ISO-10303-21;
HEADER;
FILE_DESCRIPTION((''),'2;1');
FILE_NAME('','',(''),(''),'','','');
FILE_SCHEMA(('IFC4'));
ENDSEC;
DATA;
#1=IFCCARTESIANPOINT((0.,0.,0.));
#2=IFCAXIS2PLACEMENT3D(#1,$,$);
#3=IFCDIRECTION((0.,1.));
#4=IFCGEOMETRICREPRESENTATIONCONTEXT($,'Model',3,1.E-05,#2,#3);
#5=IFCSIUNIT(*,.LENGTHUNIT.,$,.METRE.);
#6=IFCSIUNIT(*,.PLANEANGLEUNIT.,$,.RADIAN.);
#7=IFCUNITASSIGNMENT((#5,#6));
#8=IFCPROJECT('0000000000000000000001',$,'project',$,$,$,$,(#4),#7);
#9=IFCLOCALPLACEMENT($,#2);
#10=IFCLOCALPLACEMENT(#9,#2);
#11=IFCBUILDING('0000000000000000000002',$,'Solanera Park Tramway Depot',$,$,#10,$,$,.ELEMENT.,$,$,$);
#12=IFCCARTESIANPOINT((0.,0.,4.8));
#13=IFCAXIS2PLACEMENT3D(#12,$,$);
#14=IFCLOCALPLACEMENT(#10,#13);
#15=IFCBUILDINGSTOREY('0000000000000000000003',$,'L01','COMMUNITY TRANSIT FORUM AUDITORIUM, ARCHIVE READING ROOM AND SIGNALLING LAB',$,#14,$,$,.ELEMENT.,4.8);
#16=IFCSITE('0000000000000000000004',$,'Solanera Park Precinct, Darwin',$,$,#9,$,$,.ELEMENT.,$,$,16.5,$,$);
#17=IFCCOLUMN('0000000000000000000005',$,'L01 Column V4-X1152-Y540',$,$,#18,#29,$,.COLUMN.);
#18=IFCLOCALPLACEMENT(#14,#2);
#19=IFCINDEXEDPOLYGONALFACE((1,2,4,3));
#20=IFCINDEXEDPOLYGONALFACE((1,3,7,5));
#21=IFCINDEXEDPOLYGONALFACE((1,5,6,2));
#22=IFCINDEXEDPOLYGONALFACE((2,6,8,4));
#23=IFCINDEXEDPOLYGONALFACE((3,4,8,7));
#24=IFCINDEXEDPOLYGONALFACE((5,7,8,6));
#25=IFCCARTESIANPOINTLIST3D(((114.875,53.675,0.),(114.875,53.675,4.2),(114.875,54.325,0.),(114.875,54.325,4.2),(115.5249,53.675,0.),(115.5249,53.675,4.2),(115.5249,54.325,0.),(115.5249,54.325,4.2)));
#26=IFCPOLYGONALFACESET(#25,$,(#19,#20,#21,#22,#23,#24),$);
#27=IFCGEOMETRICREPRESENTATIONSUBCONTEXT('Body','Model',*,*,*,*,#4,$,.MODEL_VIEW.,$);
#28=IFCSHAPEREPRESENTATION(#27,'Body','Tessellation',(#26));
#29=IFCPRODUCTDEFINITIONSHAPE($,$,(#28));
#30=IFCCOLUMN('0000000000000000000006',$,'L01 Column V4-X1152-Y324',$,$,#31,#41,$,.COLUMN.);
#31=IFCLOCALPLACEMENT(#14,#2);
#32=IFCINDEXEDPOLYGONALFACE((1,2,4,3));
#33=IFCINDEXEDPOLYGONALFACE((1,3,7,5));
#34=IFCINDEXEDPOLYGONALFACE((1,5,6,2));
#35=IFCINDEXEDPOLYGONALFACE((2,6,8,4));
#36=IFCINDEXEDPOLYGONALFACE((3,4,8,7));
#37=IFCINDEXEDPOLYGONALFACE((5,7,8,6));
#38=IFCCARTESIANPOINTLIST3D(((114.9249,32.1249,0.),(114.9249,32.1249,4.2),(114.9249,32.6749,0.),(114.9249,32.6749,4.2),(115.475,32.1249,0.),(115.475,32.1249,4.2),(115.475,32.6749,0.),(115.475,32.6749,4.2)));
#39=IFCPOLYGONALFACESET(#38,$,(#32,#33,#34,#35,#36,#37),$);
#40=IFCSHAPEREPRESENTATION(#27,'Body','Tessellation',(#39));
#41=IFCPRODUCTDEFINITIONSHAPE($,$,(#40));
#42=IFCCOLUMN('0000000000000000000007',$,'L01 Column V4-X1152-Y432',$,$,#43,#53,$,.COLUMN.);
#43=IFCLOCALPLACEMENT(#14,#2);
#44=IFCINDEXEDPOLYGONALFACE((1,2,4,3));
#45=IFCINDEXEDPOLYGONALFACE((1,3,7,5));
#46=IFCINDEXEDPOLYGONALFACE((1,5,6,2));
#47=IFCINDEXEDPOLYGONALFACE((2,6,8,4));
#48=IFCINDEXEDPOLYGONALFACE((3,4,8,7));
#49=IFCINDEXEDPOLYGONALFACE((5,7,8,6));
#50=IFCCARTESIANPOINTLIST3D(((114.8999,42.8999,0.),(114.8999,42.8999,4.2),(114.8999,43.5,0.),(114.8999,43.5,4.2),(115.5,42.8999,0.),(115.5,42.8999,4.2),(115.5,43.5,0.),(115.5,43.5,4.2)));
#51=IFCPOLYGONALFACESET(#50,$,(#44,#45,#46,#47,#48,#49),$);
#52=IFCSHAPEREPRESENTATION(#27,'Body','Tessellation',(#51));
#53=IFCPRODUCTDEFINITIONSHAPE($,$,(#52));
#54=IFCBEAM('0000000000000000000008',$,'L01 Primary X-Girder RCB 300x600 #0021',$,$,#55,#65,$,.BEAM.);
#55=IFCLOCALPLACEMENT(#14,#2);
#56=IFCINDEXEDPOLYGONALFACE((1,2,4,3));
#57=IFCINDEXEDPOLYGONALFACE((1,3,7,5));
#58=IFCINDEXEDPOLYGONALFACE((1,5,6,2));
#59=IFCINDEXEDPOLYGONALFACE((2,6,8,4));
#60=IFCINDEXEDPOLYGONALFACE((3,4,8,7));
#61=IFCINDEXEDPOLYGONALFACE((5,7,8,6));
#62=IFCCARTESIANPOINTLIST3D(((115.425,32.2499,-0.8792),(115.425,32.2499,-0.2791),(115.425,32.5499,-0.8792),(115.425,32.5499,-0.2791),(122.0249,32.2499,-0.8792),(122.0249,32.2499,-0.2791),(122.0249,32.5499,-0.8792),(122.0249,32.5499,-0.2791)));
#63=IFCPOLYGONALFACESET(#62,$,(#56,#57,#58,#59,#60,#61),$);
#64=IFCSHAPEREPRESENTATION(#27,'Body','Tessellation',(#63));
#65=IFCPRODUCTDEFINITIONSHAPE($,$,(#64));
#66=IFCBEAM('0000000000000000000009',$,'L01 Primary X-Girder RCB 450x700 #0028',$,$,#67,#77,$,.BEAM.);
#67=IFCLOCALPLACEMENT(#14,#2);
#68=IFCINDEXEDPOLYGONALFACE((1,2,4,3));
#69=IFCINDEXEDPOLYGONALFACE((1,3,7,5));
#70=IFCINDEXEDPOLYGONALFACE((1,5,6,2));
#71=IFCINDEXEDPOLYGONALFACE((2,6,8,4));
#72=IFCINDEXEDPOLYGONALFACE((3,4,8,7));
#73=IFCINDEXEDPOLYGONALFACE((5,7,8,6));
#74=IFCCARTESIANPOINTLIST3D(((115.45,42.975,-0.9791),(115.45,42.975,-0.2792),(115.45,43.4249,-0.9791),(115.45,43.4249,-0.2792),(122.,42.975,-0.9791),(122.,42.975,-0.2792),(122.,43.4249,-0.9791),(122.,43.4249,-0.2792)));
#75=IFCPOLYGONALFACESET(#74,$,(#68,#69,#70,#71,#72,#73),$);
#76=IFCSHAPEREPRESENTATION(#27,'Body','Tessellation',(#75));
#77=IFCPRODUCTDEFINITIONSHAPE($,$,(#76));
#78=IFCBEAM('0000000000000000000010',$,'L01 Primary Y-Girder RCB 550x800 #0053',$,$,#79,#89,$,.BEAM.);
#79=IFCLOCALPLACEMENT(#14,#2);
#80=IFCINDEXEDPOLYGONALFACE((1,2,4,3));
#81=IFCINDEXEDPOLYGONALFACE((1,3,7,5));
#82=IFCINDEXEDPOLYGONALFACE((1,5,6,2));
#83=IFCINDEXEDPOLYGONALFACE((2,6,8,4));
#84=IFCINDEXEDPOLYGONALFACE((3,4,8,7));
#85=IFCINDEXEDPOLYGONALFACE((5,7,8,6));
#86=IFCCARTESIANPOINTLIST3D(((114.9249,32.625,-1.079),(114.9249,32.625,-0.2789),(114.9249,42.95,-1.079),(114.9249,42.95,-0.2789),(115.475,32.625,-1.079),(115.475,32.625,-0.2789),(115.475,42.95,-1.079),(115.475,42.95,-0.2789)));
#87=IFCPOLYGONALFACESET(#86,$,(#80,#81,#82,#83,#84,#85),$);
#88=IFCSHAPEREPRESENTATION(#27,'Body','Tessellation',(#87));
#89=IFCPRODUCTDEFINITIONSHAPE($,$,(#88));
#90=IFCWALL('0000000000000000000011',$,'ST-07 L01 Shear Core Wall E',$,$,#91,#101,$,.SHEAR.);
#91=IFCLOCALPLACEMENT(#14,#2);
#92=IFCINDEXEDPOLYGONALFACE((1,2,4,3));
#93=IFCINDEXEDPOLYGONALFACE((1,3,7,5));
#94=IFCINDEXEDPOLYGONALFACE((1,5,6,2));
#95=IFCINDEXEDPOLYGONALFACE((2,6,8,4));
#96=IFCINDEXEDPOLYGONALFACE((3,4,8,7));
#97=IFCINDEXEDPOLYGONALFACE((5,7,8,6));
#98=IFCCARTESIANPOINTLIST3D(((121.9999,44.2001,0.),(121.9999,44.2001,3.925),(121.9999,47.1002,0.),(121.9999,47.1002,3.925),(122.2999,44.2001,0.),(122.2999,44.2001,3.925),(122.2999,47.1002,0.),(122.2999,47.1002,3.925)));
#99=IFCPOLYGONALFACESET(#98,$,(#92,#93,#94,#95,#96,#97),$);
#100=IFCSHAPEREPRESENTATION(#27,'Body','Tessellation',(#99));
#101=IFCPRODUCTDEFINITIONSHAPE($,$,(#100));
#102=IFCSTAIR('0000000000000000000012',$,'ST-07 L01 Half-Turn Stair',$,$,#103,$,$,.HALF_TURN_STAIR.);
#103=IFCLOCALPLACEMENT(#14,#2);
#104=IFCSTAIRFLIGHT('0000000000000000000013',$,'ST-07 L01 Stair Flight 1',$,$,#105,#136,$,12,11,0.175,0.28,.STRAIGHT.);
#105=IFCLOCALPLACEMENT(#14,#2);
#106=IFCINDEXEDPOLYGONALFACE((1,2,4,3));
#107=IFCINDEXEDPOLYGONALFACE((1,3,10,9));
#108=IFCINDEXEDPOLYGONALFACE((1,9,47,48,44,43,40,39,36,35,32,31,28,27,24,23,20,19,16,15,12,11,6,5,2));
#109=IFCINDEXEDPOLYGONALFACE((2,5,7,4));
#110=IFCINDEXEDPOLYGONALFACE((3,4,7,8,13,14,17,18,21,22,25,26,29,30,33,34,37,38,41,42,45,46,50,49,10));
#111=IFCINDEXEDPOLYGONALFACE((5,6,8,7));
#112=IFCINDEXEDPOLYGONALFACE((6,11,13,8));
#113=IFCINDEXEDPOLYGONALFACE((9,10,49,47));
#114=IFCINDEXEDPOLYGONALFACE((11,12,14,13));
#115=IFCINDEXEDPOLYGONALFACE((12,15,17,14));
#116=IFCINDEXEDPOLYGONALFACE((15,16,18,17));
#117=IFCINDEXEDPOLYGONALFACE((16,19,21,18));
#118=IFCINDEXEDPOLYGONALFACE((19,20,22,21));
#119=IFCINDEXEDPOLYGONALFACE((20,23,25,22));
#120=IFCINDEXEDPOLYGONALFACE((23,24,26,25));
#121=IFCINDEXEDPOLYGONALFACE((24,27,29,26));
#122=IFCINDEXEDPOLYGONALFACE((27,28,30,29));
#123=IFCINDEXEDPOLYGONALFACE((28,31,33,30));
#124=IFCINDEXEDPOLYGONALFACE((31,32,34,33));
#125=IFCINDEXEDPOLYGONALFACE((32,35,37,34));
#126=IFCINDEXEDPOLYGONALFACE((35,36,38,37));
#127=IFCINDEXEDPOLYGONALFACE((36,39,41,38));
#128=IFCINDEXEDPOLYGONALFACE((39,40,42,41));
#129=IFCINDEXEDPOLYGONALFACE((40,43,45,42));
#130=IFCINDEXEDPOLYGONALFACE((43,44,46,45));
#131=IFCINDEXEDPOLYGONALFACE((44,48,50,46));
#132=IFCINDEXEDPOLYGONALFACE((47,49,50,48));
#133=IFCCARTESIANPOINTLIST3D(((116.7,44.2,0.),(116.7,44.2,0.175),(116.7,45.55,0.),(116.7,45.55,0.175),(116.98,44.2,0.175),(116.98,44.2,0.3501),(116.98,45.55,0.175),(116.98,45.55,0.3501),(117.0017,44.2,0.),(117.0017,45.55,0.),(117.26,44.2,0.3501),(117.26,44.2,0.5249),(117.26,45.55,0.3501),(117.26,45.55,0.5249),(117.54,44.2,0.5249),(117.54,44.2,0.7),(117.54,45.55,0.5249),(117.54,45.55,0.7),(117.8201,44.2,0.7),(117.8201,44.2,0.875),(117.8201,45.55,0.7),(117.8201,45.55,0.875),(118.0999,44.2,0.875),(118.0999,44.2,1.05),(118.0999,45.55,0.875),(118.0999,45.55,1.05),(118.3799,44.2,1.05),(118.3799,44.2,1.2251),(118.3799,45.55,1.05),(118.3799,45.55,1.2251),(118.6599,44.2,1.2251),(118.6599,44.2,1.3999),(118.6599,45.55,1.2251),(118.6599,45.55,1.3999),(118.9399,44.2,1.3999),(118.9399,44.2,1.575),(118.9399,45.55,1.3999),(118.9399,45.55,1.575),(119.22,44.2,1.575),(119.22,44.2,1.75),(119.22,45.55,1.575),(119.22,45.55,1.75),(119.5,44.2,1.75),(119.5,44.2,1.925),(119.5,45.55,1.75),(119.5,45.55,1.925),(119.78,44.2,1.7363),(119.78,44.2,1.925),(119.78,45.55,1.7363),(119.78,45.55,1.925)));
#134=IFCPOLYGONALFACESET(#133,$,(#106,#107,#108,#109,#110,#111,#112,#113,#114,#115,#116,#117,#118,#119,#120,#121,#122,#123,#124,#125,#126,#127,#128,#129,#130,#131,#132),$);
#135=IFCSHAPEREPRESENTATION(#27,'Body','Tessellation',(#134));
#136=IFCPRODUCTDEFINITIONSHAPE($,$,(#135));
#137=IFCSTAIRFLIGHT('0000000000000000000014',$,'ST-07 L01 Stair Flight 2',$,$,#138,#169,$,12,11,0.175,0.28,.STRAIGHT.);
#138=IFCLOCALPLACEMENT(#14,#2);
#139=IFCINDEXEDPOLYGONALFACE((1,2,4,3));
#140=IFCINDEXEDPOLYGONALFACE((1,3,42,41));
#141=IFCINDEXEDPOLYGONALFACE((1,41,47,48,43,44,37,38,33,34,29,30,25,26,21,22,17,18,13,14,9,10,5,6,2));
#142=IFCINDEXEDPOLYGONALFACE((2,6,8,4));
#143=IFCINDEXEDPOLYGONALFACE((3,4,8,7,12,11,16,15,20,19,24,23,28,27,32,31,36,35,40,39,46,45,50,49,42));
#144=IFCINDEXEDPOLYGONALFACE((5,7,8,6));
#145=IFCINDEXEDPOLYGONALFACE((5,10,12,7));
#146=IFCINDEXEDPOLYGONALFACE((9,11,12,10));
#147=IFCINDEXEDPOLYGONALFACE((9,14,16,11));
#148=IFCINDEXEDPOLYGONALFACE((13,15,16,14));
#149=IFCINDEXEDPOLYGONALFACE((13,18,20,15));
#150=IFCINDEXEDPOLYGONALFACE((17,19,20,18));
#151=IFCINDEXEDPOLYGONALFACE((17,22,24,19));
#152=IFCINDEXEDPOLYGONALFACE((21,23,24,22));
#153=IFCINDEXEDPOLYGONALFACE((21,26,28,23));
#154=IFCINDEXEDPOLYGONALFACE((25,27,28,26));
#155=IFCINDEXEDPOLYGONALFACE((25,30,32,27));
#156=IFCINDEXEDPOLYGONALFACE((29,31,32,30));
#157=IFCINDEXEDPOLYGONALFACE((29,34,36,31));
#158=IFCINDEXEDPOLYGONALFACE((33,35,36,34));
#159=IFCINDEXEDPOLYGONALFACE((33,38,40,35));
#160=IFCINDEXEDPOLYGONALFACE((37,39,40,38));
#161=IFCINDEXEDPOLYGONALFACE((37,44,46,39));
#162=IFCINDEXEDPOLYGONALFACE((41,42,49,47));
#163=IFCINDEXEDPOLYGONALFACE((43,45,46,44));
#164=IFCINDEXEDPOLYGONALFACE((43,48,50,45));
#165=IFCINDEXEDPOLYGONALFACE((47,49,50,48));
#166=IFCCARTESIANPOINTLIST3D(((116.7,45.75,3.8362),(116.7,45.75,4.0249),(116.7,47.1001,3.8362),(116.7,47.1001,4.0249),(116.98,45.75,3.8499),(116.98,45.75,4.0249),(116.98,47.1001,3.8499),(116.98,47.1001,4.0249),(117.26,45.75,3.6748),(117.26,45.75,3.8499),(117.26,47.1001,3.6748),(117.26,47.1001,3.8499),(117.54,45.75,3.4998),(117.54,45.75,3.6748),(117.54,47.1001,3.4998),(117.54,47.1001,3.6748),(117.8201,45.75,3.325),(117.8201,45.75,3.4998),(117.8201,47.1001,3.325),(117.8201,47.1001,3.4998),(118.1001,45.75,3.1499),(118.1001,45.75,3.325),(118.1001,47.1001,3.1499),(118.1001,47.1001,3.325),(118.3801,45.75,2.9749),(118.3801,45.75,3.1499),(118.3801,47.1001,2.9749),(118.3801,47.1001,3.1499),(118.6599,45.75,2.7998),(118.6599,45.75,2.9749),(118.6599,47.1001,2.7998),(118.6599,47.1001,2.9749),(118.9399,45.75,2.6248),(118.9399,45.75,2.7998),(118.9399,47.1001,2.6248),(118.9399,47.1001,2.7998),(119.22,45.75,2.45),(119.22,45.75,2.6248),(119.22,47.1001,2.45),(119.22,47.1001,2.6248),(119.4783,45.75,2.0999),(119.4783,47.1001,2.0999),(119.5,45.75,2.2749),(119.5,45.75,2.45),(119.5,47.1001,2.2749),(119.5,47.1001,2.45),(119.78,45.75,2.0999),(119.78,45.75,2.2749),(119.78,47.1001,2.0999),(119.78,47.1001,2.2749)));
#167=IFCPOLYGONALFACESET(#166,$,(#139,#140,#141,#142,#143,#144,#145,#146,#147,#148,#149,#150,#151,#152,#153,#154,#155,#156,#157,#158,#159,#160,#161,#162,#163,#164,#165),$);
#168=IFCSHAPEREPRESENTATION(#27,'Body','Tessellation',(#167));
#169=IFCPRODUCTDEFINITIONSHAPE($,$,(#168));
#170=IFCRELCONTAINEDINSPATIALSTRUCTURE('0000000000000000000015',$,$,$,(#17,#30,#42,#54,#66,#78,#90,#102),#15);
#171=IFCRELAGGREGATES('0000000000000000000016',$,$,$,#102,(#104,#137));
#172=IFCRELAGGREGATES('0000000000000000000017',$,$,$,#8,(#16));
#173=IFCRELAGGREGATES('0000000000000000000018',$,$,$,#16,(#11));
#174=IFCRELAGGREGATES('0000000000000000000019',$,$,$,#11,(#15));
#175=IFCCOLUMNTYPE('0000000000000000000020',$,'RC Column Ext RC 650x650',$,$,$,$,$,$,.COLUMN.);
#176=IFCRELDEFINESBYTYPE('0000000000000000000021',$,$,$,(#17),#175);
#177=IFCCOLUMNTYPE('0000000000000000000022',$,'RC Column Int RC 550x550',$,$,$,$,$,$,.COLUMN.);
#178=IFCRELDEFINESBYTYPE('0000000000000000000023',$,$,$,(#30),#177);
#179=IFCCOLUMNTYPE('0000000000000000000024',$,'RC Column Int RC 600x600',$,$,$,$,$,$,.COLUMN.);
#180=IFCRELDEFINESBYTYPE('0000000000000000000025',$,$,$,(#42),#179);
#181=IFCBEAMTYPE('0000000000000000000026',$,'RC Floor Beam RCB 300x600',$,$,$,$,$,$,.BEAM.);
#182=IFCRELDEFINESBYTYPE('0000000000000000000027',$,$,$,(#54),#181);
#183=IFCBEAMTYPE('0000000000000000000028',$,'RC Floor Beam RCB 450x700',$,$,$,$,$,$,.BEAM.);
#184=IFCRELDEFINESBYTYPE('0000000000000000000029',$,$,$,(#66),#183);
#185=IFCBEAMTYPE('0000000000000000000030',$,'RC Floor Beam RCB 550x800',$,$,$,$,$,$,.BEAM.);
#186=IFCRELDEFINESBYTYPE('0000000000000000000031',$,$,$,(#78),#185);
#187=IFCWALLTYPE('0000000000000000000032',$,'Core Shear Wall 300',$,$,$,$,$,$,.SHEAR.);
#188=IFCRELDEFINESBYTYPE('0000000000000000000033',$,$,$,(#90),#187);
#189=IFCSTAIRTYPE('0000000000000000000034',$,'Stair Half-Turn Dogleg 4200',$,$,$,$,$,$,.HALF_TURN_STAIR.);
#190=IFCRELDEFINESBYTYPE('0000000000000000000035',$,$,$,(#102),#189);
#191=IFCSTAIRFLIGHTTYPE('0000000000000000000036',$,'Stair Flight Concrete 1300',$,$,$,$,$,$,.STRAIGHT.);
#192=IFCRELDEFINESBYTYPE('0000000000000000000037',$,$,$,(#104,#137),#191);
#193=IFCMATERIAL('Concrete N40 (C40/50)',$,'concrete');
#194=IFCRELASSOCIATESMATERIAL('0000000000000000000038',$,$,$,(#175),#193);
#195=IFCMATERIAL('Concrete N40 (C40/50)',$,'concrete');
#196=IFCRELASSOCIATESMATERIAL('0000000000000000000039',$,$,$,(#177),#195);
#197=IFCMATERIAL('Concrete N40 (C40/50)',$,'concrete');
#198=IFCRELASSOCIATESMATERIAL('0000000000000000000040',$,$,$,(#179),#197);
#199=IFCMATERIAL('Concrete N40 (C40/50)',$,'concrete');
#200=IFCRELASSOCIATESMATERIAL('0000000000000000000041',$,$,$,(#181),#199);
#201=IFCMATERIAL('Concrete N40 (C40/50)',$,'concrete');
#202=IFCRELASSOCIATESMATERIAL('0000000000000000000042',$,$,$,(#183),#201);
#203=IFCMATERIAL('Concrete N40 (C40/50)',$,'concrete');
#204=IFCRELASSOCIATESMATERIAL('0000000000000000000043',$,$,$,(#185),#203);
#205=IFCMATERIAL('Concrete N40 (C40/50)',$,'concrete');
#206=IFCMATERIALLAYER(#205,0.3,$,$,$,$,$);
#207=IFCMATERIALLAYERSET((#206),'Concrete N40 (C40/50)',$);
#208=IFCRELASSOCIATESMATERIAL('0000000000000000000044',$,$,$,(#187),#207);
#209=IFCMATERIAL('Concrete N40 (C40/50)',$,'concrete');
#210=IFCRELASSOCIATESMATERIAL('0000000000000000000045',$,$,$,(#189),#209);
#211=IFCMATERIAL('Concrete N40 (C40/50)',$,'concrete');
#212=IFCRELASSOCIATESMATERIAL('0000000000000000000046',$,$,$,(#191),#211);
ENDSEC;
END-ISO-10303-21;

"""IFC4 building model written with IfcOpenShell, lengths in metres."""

from ifc_helpers import new_model, si_unit, direction, frame, frame_2d, origin, origin_2d, place, context, subcontext, project, spatial, polyline, rectangle, outline, extrude, material, layer, layer_set, material_profile, profile_set, type_object, element, aggregate, save


model = new_model("IFC4")

# Units and contexts
model_context = context("Model", 3, precision=1e-05, world=origin(), true_north=direction((0.0, 1.0)))
body_context = subcontext(model_context, "Body", "Model", "MODEL_VIEW")
ifc_project = project(units=[si_unit("LENGTHUNIT", "METRE"), si_unit("PLANEANGLEUNIT", "RADIAN")], contexts=[model_context])

# Site, building, storey
site_placement = place(None, origin())
site = spatial("IfcSite", under=ifc_project, at=site_placement, Name="Solanera Park Precinct, Darwin", CompositionType="ELEMENT", RefElevation=16.5)
building_placement = place(site_placement, origin())
building = spatial("IfcBuilding", under=site, at=building_placement, Name="Solanera Park Tramway Depot", CompositionType="ELEMENT")
storey_placement = place(building_placement, frame((0.0, 0.0, 4.8)))
storey = spatial("IfcBuildingStorey", under=building, at=storey_placement, Name="L01", Description="COMMUNITY TRANSIT FORUM AUDITORIUM, ARCHIVE READING ROOM AND SIGNALLING LAB", CompositionType="ELEMENT", Elevation=4.8)

# Columns
ifc_material_1 = material(Name="Concrete N40 (C40/50)", Category="concrete")
ifc_material_profile_1 = material_profile(ifc_material_1, rectangle(XDim=0.6499, YDim=0.6499, at=origin_2d()), Name="RC 650x650")
ifc_profile_set_1 = profile_set([ifc_material_profile_1], Name="Concrete N40 (C40/50)")
column_type_1 = type_object("IfcColumnType", Name="RC Column Ext RC 650x650", PredefinedType="COLUMN", material=ifc_profile_set_1)
column_1_placement = place(storey_placement, frame((115.2, 54.0, 0.0), z_axis=(0.0, 0.0, 1.0), x_axis=(1.0, 0.0, 0.0)))
element("IfcColumn", 1, at=column_1_placement, inside=storey, type_object=column_type_1, Name="L01 Column V4-X1152-Y540", PredefinedType="COLUMN", context=body_context, shape_type="SweptSolid", body=[
    extrude(rectangle(XDim=0.6499, YDim=0.6499, at=origin_2d()), origin(), (0.0, 0.0, 1.0), 4.2),
])
ifc_material_2 = material(Name="Concrete N40 (C40/50)", Category="concrete")
ifc_material_profile_2 = material_profile(ifc_material_2, rectangle(XDim=0.55, YDim=0.55, at=origin_2d()), Name="RC 550x550")
ifc_profile_set_2 = profile_set([ifc_material_profile_2], Name="Concrete N40 (C40/50)")
column_type_2 = type_object("IfcColumnType", Name="RC Column Int RC 550x550", PredefinedType="COLUMN", material=ifc_profile_set_2)
column_2_placement = place(storey_placement, frame((115.2, 32.3999, 0.0), z_axis=(0.0, 0.0, 1.0), x_axis=(1.0, 0.0, 0.0)))
element("IfcColumn", 2, at=column_2_placement, inside=storey, type_object=column_type_2, Name="L01 Column V4-X1152-Y324", PredefinedType="COLUMN", context=body_context, shape_type="SweptSolid", body=[
    extrude(rectangle(XDim=0.55, YDim=0.55, at=origin_2d()), origin(), (0.0, 0.0, 1.0), 4.2),
])
ifc_material_3 = material(Name="Concrete N40 (C40/50)", Category="concrete")
ifc_material_profile_3 = material_profile(ifc_material_3, rectangle(XDim=0.6001, YDim=0.6001, at=origin_2d()), Name="RC 600x600")
ifc_profile_set_3 = profile_set([ifc_material_profile_3], Name="Concrete N40 (C40/50)")
column_type_3 = type_object("IfcColumnType", Name="RC Column Int RC 600x600", PredefinedType="COLUMN", material=ifc_profile_set_3)
column_3_placement = place(storey_placement, frame((115.2, 43.2, 0.0), z_axis=(0.0, 0.0, 1.0), x_axis=(1.0, 0.0, 0.0)))
element("IfcColumn", 3, at=column_3_placement, inside=storey, type_object=column_type_3, Name="L01 Column V4-X1152-Y432", PredefinedType="COLUMN", context=body_context, shape_type="SweptSolid", body=[
    extrude(rectangle(XDim=0.6001, YDim=0.6001, at=origin_2d()), origin(), (0.0, 0.0, 1.0), 4.2),
])

# Beams
ifc_material_4 = material(Name="Concrete N40 (C40/50)", Category="concrete")
ifc_material_profile_4 = material_profile(ifc_material_4, rectangle(XDim=0.3, YDim=0.6001, at=origin_2d()), Name="RCB 300x600")
ifc_profile_set_4 = profile_set([ifc_material_profile_4], Name="Concrete N40 (C40/50)")
beam_type_1 = type_object("IfcBeamType", Name="RC Floor Beam RCB 300x600", PredefinedType="BEAM", material=ifc_profile_set_4)
beam_1_placement = place(storey_placement, frame((115.425, 32.3999, -0.5791), z_axis=(1.0, 0.0, 0.0), x_axis=(0.0, 1.0, 0.0)))
element("IfcBeam", 4, at=beam_1_placement, inside=storey, type_object=beam_type_1, Name="L01 Primary X-Girder RCB 300x600 #0021", PredefinedType="BEAM", context=body_context, shape_type="SweptSolid", body=[
    extrude(rectangle(XDim=0.3, YDim=0.6001, at=origin_2d()), origin(), (0.0, 0.0, 1.0), 6.5999),
])
ifc_material_5 = material(Name="Concrete N40 (C40/50)", Category="concrete")
ifc_material_profile_5 = material_profile(ifc_material_5, rectangle(XDim=0.45, YDim=0.7, at=origin_2d()), Name="RCB 450x700")
ifc_profile_set_5 = profile_set([ifc_material_profile_5], Name="Concrete N40 (C40/50)")
beam_type_2 = type_object("IfcBeamType", Name="RC Floor Beam RCB 450x700", PredefinedType="BEAM", material=ifc_profile_set_5)
beam_2_placement = place(storey_placement, frame((115.45, 43.2, -0.6292), z_axis=(1.0, 0.0, 0.0), x_axis=(0.0, 1.0, 0.0)))
element("IfcBeam", 5, at=beam_2_placement, inside=storey, type_object=beam_type_2, Name="L01 Primary X-Girder RCB 450x700 #0028", PredefinedType="BEAM", context=body_context, shape_type="SweptSolid", body=[
    extrude(rectangle(XDim=0.45, YDim=0.7, at=origin_2d()), origin(), (0.0, 0.0, 1.0), 6.55),
])
ifc_material_6 = material(Name="Concrete N40 (C40/50)", Category="concrete")
ifc_material_profile_6 = material_profile(ifc_material_6, rectangle(XDim=0.55, YDim=0.8, at=origin_2d()), Name="RCB 550x800")
ifc_profile_set_6 = profile_set([ifc_material_profile_6], Name="Concrete N40 (C40/50)")
beam_type_3 = type_object("IfcBeamType", Name="RC Floor Beam RCB 550x800", PredefinedType="BEAM", material=ifc_profile_set_6)
beam_3_placement = place(storey_placement, frame((115.2, 32.625, -0.679), z_axis=(0.0, 1.0, 0.0), x_axis=(-1.0, 0.0, 0.0)))
element("IfcBeam", 6, at=beam_3_placement, inside=storey, type_object=beam_type_3, Name="L01 Primary Y-Girder RCB 550x800 #0053", PredefinedType="BEAM", context=body_context, shape_type="SweptSolid", body=[
    extrude(rectangle(XDim=0.55, YDim=0.8, at=origin_2d()), origin(), (0.0, 0.0, 1.0), 10.325),
])

# Wall
ifc_material_7 = material(Name="Concrete N40 (C40/50)", Category="concrete")
ifc_layer_1 = layer(ifc_material_7, 0.3)
ifc_layer_set_1 = layer_set([ifc_layer_1], Name="Concrete N40 (C40/50)")
wall_type = type_object("IfcWallType", Name="Core Shear Wall 300", PredefinedType="SHEAR", material=ifc_layer_set_1)
wall_1_placement = place(storey_placement, frame((122.1499, 44.2, 0.0), z_axis=(0.0, 0.0, 1.0), x_axis=(0.0, 1.0, 0.0)))
element("IfcWall", 7, at=wall_1_placement, inside=storey, type_object=wall_type, Name="ST-07 L01 Shear Core Wall E", PredefinedType="SHEAR", context=body_context, shape_type="SweptSolid", body=[
    extrude(rectangle(XDim=2.9001, YDim=0.3, at=frame_2d((1.4502, 0.0))), origin(), (0.0, 0.0, 1.0), 3.925),
])

# Stair, stair flights
ifc_material_8 = material(Name="Concrete N40 (C40/50)", Category="concrete")
stair_type = type_object("IfcStairType", Name="Stair Half-Turn Dogleg 4200", PredefinedType="HALF_TURN_STAIR", material=ifc_material_8)
stair_placement = place(storey_placement, origin())
stair = element("IfcStair", 8, at=stair_placement, inside=storey, type_object=stair_type, Name="ST-07 L01 Half-Turn Stair", PredefinedType="HALF_TURN_STAIR")
ifc_material_9 = material(Name="Concrete N40 (C40/50)", Category="concrete")
stair_flight_type = type_object("IfcStairFlightType", Name="Stair Flight Concrete 1300", PredefinedType="STRAIGHT", material=ifc_material_9)
stair_flight_1_placement = place(storey_placement, frame((116.7, 44.875, 0.0), z_axis=(0.0, 0.0, 1.0), x_axis=(1.0, 0.0, 0.0)))
stair_flight_1 = element("IfcStairFlight", 9, at=stair_flight_1_placement, type_object=stair_flight_type, Name="ST-07 L01 Stair Flight 1", NumberOfRisers=12, NumberOfTreads=11, PredefinedType="STRAIGHT", RiserHeight=0.175, TreadLength=0.28, context=body_context, shape_type="SweptSolid", body=[
    extrude(outline(polyline([(0.0, 0.0), (0.0, 0.175), (0.28, 0.175), (0.28, 0.3501), (0.5601, 0.3501), (0.5601, 0.5249), (0.8401, 0.5249), (0.8401, 0.7), (1.1201, 0.7), (1.1201, 0.875), (1.3999, 0.875), (1.3999, 1.05), (1.6799, 1.05), (1.6799, 1.2251), (1.96, 1.2251), (1.96, 1.3999), (2.24, 1.3999), (2.24, 1.575), (2.52, 1.575), (2.52, 1.75), (2.8, 1.75), (2.8, 1.925), (3.0801, 1.925), (3.0801, 2.1001), (3.0801, 1.7363), (0.3018, 0.0), (0.0, 0.0)])), frame((0.0, 0.675, 0.0), z_axis=(0.0, -1.0, 0.0), x_axis=(1.0, 0.0, 0.0)), (0.0, 0.0, 1.0), 1.3501),
])
stair_flight_2_placement = place(storey_placement, frame((119.78, 46.425, 2.0999), z_axis=(0.0, 0.0, 1.0), x_axis=(-1.0, 0.0, 0.0)))
stair_flight_2 = element("IfcStairFlight", 10, at=stair_flight_2_placement, type_object=stair_flight_type, Name="ST-07 L01 Stair Flight 2", NumberOfRisers=12, NumberOfTreads=11, PredefinedType="STRAIGHT", RiserHeight=0.175, TreadLength=0.28, context=body_context, shape_type="SweptSolid", body=[
    extrude(outline(polyline([(0.0, 0.0), (0.0, 0.175), (0.28, 0.175), (0.28, 0.3501), (0.5601, 0.3501), (0.5601, 0.5249), (0.8401, 0.5249), (0.8401, 0.7), (1.1201, 0.7), (1.1201, 0.875), (1.3999, 0.875), (1.3999, 1.05), (1.6799, 1.05), (1.6799, 1.2251), (1.96, 1.2251), (1.96, 1.3999), (2.24, 1.3999), (2.24, 1.575), (2.52, 1.575), (2.52, 1.75), (2.8, 1.75), (2.8, 1.925), (3.0801, 1.925), (3.0801, 2.1001), (3.0801, 1.7363), (0.3018, 0.0), (0.0, 0.0)])), frame((0.0, 0.675, 0.0), z_axis=(0.0, -1.0, 0.0), x_axis=(1.0, 0.0, 0.0)), (0.0, 0.0, 1.0), 1.3501),
])
aggregate(stair, [stair_flight_1, stair_flight_2])

save(model, "model.ifc")
